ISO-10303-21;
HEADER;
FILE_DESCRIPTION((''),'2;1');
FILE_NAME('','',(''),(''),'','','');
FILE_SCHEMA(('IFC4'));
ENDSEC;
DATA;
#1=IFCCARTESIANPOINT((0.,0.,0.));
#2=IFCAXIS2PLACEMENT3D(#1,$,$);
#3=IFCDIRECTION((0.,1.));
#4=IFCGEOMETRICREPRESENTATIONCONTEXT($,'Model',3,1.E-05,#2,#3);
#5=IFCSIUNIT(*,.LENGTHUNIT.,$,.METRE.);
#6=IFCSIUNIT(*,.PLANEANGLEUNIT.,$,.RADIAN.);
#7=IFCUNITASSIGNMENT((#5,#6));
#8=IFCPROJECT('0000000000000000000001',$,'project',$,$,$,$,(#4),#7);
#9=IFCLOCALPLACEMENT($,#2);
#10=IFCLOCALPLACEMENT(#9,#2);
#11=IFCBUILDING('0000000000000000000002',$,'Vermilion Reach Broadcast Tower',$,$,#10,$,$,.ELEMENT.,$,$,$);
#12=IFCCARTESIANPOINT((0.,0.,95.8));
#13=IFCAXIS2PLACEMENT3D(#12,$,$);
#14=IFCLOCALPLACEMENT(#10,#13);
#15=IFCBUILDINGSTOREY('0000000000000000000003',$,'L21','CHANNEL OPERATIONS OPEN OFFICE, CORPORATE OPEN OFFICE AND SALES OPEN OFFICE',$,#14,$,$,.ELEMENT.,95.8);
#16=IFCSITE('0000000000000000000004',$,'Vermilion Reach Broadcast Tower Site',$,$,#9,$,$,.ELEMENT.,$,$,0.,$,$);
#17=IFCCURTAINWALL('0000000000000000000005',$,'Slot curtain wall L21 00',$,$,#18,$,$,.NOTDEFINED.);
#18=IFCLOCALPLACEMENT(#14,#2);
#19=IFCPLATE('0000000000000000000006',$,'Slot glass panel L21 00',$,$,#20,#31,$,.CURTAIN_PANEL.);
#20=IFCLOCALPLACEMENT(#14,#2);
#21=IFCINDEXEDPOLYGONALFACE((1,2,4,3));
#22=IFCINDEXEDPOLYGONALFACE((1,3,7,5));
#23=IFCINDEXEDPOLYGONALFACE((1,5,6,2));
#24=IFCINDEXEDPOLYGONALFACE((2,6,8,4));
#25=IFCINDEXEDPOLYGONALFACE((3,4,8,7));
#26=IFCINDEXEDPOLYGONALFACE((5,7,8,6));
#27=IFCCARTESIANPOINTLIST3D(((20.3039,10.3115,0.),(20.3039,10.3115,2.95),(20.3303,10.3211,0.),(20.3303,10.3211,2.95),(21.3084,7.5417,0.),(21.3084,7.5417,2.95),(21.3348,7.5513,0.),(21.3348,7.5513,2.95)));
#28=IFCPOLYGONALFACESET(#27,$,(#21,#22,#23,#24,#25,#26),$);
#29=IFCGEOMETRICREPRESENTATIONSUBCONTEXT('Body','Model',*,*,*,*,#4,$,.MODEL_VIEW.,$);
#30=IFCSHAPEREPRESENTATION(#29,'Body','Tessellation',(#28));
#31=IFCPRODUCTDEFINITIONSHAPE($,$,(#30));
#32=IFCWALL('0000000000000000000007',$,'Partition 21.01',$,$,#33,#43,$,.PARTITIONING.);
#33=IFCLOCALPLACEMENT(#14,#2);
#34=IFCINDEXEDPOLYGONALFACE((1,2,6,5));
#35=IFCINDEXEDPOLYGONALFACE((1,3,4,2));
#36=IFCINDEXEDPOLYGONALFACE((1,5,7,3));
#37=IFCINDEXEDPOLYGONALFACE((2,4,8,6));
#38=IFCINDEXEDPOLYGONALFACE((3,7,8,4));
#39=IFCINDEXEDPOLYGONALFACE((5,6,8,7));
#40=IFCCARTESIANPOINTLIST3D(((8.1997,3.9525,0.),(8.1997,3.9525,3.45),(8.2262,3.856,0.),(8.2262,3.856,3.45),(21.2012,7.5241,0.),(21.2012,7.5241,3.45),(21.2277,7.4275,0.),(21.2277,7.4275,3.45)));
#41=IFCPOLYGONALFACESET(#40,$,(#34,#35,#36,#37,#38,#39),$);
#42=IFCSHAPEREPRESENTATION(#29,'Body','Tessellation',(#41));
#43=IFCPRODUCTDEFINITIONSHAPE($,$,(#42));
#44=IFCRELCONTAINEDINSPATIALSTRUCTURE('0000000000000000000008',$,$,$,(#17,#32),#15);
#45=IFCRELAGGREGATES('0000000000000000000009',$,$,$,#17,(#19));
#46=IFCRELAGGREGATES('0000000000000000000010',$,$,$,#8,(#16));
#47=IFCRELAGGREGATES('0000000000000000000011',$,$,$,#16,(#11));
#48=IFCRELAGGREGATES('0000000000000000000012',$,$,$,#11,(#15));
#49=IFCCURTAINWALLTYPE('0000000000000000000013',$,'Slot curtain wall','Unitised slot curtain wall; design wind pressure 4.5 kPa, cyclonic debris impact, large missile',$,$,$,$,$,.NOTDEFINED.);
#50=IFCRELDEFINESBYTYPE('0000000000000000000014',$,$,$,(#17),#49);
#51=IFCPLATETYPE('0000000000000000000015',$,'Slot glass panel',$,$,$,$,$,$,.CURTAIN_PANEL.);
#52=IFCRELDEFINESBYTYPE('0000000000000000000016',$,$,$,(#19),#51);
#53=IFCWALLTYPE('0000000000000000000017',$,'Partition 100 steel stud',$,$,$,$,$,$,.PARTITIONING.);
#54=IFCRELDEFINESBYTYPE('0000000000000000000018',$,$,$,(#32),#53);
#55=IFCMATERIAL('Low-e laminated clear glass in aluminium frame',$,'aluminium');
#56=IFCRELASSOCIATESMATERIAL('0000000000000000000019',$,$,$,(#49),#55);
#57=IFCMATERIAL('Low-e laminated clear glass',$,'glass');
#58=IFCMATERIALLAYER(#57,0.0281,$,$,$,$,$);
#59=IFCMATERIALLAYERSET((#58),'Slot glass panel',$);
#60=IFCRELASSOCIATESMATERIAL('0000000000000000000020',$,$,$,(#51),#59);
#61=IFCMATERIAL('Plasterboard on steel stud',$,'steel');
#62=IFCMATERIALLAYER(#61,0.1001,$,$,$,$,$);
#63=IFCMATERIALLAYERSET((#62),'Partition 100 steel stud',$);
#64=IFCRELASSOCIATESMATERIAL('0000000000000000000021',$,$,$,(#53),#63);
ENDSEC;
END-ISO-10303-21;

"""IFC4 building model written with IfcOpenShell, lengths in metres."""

from ifc_helpers import new_model, si_unit, direction, frame, frame_2d, origin, origin_2d, place, context, subcontext, project, spatial, rectangle, extrude, material, layer, layer_set, type_object, element, aggregate, save


model = new_model("IFC4")

# Units and contexts
model_context = context("Model", 3, precision=1e-05, world=origin(), true_north=direction((0.0, 1.0)))
body_context = subcontext(model_context, "Body", "Model", "MODEL_VIEW")
ifc_project = project(units=[si_unit("LENGTHUNIT", "METRE"), si_unit("PLANEANGLEUNIT", "RADIAN")], contexts=[model_context])

# Site, building, storey
site_placement = place(None, origin())
site = spatial("IfcSite", under=ifc_project, at=site_placement, Name="Vermilion Reach Broadcast Tower Site", CompositionType="ELEMENT", RefElevation=0.0)
building_placement = place(site_placement, origin())
building = spatial("IfcBuilding", under=site, at=building_placement, Name="Vermilion Reach Broadcast Tower", CompositionType="ELEMENT")
storey_placement = place(building_placement, frame((0.0, 0.0, 95.8)))
storey = spatial("IfcBuildingStorey", under=building, at=storey_placement, Name="L21", Description="CHANNEL OPERATIONS OPEN OFFICE, CORPORATE OPEN OFFICE AND SALES OPEN OFFICE", CompositionType="ELEMENT", Elevation=95.8)

# Curtain wall
ifc_material_1 = material(Name="Low-e laminated clear glass in aluminium frame", Category="aluminium")
curtain_wall_type = type_object("IfcCurtainWallType", Name="Slot curtain wall", Description="Unitised slot curtain wall; design wind pressure 4.5 kPa, cyclonic debris impact, large missile", PredefinedType="NOTDEFINED", material=ifc_material_1)
placement = place(storey_placement, origin())
curtain_wall_1 = element("IfcCurtainWall", 1, at=placement, inside=storey, type_object=curtain_wall_type, Name="Slot curtain wall L21 00", PredefinedType="NOTDEFINED")

# Plate
ifc_material_2 = material(Name="Low-e laminated clear glass", Category="glass")
ifc_layer_1 = layer(ifc_material_2, 0.0281)
ifc_layer_set_1 = layer_set([ifc_layer_1], Name="Slot glass panel")
plate_type = type_object("IfcPlateType", Name="Slot glass panel", PredefinedType="CURTAIN_PANEL", material=ifc_layer_set_1)
plate_1_placement = place(storey_placement, frame((20.8193, 8.9314, 0.0), z_axis=(0.0, 0.0, 1.0), x_axis=(-0.340925, 0.940091, 0.0)))
plate_1 = element("IfcPlate", 2, at=plate_1_placement, type_object=plate_type, Name="Slot glass panel L21 00", PredefinedType="CURTAIN_PANEL", context=body_context, shape_type="SweptSolid", body=[
    extrude(rectangle(XDim=2.9463, YDim=0.0281, at=origin_2d()), origin(), (0.0, 0.0, 1.0), 2.95),
])
aggregate(curtain_wall_1, [plate_1])

# Wall
ifc_material_3 = material(Name="Plasterboard on steel stud", Category="steel")
ifc_layer_2 = layer(ifc_material_3, 0.1001)
ifc_layer_set_2 = layer_set([ifc_layer_2], Name="Partition 100 steel stud")
wall_type = type_object("IfcWallType", Name="Partition 100 steel stud", PredefinedType="PARTITIONING", material=ifc_layer_set_2)
wall_placement = place(storey_placement, frame((21.2146, 7.4758, 0.0), z_axis=(0.0, 0.0, 1.0), x_axis=(-0.964279, -0.26489, 0.0)))
element("IfcWall", 3, at=wall_placement, inside=storey, type_object=wall_type, Name="Partition 21.01", PredefinedType="PARTITIONING", context=body_context, shape_type="SweptSolid", body=[
    extrude(rectangle(XDim=13.4832, YDim=0.1001, at=frame_2d((6.7417, 0.0))), origin(), (0.0, 0.0, 1.0), 3.45),
])

save(model, "model.ifc")
